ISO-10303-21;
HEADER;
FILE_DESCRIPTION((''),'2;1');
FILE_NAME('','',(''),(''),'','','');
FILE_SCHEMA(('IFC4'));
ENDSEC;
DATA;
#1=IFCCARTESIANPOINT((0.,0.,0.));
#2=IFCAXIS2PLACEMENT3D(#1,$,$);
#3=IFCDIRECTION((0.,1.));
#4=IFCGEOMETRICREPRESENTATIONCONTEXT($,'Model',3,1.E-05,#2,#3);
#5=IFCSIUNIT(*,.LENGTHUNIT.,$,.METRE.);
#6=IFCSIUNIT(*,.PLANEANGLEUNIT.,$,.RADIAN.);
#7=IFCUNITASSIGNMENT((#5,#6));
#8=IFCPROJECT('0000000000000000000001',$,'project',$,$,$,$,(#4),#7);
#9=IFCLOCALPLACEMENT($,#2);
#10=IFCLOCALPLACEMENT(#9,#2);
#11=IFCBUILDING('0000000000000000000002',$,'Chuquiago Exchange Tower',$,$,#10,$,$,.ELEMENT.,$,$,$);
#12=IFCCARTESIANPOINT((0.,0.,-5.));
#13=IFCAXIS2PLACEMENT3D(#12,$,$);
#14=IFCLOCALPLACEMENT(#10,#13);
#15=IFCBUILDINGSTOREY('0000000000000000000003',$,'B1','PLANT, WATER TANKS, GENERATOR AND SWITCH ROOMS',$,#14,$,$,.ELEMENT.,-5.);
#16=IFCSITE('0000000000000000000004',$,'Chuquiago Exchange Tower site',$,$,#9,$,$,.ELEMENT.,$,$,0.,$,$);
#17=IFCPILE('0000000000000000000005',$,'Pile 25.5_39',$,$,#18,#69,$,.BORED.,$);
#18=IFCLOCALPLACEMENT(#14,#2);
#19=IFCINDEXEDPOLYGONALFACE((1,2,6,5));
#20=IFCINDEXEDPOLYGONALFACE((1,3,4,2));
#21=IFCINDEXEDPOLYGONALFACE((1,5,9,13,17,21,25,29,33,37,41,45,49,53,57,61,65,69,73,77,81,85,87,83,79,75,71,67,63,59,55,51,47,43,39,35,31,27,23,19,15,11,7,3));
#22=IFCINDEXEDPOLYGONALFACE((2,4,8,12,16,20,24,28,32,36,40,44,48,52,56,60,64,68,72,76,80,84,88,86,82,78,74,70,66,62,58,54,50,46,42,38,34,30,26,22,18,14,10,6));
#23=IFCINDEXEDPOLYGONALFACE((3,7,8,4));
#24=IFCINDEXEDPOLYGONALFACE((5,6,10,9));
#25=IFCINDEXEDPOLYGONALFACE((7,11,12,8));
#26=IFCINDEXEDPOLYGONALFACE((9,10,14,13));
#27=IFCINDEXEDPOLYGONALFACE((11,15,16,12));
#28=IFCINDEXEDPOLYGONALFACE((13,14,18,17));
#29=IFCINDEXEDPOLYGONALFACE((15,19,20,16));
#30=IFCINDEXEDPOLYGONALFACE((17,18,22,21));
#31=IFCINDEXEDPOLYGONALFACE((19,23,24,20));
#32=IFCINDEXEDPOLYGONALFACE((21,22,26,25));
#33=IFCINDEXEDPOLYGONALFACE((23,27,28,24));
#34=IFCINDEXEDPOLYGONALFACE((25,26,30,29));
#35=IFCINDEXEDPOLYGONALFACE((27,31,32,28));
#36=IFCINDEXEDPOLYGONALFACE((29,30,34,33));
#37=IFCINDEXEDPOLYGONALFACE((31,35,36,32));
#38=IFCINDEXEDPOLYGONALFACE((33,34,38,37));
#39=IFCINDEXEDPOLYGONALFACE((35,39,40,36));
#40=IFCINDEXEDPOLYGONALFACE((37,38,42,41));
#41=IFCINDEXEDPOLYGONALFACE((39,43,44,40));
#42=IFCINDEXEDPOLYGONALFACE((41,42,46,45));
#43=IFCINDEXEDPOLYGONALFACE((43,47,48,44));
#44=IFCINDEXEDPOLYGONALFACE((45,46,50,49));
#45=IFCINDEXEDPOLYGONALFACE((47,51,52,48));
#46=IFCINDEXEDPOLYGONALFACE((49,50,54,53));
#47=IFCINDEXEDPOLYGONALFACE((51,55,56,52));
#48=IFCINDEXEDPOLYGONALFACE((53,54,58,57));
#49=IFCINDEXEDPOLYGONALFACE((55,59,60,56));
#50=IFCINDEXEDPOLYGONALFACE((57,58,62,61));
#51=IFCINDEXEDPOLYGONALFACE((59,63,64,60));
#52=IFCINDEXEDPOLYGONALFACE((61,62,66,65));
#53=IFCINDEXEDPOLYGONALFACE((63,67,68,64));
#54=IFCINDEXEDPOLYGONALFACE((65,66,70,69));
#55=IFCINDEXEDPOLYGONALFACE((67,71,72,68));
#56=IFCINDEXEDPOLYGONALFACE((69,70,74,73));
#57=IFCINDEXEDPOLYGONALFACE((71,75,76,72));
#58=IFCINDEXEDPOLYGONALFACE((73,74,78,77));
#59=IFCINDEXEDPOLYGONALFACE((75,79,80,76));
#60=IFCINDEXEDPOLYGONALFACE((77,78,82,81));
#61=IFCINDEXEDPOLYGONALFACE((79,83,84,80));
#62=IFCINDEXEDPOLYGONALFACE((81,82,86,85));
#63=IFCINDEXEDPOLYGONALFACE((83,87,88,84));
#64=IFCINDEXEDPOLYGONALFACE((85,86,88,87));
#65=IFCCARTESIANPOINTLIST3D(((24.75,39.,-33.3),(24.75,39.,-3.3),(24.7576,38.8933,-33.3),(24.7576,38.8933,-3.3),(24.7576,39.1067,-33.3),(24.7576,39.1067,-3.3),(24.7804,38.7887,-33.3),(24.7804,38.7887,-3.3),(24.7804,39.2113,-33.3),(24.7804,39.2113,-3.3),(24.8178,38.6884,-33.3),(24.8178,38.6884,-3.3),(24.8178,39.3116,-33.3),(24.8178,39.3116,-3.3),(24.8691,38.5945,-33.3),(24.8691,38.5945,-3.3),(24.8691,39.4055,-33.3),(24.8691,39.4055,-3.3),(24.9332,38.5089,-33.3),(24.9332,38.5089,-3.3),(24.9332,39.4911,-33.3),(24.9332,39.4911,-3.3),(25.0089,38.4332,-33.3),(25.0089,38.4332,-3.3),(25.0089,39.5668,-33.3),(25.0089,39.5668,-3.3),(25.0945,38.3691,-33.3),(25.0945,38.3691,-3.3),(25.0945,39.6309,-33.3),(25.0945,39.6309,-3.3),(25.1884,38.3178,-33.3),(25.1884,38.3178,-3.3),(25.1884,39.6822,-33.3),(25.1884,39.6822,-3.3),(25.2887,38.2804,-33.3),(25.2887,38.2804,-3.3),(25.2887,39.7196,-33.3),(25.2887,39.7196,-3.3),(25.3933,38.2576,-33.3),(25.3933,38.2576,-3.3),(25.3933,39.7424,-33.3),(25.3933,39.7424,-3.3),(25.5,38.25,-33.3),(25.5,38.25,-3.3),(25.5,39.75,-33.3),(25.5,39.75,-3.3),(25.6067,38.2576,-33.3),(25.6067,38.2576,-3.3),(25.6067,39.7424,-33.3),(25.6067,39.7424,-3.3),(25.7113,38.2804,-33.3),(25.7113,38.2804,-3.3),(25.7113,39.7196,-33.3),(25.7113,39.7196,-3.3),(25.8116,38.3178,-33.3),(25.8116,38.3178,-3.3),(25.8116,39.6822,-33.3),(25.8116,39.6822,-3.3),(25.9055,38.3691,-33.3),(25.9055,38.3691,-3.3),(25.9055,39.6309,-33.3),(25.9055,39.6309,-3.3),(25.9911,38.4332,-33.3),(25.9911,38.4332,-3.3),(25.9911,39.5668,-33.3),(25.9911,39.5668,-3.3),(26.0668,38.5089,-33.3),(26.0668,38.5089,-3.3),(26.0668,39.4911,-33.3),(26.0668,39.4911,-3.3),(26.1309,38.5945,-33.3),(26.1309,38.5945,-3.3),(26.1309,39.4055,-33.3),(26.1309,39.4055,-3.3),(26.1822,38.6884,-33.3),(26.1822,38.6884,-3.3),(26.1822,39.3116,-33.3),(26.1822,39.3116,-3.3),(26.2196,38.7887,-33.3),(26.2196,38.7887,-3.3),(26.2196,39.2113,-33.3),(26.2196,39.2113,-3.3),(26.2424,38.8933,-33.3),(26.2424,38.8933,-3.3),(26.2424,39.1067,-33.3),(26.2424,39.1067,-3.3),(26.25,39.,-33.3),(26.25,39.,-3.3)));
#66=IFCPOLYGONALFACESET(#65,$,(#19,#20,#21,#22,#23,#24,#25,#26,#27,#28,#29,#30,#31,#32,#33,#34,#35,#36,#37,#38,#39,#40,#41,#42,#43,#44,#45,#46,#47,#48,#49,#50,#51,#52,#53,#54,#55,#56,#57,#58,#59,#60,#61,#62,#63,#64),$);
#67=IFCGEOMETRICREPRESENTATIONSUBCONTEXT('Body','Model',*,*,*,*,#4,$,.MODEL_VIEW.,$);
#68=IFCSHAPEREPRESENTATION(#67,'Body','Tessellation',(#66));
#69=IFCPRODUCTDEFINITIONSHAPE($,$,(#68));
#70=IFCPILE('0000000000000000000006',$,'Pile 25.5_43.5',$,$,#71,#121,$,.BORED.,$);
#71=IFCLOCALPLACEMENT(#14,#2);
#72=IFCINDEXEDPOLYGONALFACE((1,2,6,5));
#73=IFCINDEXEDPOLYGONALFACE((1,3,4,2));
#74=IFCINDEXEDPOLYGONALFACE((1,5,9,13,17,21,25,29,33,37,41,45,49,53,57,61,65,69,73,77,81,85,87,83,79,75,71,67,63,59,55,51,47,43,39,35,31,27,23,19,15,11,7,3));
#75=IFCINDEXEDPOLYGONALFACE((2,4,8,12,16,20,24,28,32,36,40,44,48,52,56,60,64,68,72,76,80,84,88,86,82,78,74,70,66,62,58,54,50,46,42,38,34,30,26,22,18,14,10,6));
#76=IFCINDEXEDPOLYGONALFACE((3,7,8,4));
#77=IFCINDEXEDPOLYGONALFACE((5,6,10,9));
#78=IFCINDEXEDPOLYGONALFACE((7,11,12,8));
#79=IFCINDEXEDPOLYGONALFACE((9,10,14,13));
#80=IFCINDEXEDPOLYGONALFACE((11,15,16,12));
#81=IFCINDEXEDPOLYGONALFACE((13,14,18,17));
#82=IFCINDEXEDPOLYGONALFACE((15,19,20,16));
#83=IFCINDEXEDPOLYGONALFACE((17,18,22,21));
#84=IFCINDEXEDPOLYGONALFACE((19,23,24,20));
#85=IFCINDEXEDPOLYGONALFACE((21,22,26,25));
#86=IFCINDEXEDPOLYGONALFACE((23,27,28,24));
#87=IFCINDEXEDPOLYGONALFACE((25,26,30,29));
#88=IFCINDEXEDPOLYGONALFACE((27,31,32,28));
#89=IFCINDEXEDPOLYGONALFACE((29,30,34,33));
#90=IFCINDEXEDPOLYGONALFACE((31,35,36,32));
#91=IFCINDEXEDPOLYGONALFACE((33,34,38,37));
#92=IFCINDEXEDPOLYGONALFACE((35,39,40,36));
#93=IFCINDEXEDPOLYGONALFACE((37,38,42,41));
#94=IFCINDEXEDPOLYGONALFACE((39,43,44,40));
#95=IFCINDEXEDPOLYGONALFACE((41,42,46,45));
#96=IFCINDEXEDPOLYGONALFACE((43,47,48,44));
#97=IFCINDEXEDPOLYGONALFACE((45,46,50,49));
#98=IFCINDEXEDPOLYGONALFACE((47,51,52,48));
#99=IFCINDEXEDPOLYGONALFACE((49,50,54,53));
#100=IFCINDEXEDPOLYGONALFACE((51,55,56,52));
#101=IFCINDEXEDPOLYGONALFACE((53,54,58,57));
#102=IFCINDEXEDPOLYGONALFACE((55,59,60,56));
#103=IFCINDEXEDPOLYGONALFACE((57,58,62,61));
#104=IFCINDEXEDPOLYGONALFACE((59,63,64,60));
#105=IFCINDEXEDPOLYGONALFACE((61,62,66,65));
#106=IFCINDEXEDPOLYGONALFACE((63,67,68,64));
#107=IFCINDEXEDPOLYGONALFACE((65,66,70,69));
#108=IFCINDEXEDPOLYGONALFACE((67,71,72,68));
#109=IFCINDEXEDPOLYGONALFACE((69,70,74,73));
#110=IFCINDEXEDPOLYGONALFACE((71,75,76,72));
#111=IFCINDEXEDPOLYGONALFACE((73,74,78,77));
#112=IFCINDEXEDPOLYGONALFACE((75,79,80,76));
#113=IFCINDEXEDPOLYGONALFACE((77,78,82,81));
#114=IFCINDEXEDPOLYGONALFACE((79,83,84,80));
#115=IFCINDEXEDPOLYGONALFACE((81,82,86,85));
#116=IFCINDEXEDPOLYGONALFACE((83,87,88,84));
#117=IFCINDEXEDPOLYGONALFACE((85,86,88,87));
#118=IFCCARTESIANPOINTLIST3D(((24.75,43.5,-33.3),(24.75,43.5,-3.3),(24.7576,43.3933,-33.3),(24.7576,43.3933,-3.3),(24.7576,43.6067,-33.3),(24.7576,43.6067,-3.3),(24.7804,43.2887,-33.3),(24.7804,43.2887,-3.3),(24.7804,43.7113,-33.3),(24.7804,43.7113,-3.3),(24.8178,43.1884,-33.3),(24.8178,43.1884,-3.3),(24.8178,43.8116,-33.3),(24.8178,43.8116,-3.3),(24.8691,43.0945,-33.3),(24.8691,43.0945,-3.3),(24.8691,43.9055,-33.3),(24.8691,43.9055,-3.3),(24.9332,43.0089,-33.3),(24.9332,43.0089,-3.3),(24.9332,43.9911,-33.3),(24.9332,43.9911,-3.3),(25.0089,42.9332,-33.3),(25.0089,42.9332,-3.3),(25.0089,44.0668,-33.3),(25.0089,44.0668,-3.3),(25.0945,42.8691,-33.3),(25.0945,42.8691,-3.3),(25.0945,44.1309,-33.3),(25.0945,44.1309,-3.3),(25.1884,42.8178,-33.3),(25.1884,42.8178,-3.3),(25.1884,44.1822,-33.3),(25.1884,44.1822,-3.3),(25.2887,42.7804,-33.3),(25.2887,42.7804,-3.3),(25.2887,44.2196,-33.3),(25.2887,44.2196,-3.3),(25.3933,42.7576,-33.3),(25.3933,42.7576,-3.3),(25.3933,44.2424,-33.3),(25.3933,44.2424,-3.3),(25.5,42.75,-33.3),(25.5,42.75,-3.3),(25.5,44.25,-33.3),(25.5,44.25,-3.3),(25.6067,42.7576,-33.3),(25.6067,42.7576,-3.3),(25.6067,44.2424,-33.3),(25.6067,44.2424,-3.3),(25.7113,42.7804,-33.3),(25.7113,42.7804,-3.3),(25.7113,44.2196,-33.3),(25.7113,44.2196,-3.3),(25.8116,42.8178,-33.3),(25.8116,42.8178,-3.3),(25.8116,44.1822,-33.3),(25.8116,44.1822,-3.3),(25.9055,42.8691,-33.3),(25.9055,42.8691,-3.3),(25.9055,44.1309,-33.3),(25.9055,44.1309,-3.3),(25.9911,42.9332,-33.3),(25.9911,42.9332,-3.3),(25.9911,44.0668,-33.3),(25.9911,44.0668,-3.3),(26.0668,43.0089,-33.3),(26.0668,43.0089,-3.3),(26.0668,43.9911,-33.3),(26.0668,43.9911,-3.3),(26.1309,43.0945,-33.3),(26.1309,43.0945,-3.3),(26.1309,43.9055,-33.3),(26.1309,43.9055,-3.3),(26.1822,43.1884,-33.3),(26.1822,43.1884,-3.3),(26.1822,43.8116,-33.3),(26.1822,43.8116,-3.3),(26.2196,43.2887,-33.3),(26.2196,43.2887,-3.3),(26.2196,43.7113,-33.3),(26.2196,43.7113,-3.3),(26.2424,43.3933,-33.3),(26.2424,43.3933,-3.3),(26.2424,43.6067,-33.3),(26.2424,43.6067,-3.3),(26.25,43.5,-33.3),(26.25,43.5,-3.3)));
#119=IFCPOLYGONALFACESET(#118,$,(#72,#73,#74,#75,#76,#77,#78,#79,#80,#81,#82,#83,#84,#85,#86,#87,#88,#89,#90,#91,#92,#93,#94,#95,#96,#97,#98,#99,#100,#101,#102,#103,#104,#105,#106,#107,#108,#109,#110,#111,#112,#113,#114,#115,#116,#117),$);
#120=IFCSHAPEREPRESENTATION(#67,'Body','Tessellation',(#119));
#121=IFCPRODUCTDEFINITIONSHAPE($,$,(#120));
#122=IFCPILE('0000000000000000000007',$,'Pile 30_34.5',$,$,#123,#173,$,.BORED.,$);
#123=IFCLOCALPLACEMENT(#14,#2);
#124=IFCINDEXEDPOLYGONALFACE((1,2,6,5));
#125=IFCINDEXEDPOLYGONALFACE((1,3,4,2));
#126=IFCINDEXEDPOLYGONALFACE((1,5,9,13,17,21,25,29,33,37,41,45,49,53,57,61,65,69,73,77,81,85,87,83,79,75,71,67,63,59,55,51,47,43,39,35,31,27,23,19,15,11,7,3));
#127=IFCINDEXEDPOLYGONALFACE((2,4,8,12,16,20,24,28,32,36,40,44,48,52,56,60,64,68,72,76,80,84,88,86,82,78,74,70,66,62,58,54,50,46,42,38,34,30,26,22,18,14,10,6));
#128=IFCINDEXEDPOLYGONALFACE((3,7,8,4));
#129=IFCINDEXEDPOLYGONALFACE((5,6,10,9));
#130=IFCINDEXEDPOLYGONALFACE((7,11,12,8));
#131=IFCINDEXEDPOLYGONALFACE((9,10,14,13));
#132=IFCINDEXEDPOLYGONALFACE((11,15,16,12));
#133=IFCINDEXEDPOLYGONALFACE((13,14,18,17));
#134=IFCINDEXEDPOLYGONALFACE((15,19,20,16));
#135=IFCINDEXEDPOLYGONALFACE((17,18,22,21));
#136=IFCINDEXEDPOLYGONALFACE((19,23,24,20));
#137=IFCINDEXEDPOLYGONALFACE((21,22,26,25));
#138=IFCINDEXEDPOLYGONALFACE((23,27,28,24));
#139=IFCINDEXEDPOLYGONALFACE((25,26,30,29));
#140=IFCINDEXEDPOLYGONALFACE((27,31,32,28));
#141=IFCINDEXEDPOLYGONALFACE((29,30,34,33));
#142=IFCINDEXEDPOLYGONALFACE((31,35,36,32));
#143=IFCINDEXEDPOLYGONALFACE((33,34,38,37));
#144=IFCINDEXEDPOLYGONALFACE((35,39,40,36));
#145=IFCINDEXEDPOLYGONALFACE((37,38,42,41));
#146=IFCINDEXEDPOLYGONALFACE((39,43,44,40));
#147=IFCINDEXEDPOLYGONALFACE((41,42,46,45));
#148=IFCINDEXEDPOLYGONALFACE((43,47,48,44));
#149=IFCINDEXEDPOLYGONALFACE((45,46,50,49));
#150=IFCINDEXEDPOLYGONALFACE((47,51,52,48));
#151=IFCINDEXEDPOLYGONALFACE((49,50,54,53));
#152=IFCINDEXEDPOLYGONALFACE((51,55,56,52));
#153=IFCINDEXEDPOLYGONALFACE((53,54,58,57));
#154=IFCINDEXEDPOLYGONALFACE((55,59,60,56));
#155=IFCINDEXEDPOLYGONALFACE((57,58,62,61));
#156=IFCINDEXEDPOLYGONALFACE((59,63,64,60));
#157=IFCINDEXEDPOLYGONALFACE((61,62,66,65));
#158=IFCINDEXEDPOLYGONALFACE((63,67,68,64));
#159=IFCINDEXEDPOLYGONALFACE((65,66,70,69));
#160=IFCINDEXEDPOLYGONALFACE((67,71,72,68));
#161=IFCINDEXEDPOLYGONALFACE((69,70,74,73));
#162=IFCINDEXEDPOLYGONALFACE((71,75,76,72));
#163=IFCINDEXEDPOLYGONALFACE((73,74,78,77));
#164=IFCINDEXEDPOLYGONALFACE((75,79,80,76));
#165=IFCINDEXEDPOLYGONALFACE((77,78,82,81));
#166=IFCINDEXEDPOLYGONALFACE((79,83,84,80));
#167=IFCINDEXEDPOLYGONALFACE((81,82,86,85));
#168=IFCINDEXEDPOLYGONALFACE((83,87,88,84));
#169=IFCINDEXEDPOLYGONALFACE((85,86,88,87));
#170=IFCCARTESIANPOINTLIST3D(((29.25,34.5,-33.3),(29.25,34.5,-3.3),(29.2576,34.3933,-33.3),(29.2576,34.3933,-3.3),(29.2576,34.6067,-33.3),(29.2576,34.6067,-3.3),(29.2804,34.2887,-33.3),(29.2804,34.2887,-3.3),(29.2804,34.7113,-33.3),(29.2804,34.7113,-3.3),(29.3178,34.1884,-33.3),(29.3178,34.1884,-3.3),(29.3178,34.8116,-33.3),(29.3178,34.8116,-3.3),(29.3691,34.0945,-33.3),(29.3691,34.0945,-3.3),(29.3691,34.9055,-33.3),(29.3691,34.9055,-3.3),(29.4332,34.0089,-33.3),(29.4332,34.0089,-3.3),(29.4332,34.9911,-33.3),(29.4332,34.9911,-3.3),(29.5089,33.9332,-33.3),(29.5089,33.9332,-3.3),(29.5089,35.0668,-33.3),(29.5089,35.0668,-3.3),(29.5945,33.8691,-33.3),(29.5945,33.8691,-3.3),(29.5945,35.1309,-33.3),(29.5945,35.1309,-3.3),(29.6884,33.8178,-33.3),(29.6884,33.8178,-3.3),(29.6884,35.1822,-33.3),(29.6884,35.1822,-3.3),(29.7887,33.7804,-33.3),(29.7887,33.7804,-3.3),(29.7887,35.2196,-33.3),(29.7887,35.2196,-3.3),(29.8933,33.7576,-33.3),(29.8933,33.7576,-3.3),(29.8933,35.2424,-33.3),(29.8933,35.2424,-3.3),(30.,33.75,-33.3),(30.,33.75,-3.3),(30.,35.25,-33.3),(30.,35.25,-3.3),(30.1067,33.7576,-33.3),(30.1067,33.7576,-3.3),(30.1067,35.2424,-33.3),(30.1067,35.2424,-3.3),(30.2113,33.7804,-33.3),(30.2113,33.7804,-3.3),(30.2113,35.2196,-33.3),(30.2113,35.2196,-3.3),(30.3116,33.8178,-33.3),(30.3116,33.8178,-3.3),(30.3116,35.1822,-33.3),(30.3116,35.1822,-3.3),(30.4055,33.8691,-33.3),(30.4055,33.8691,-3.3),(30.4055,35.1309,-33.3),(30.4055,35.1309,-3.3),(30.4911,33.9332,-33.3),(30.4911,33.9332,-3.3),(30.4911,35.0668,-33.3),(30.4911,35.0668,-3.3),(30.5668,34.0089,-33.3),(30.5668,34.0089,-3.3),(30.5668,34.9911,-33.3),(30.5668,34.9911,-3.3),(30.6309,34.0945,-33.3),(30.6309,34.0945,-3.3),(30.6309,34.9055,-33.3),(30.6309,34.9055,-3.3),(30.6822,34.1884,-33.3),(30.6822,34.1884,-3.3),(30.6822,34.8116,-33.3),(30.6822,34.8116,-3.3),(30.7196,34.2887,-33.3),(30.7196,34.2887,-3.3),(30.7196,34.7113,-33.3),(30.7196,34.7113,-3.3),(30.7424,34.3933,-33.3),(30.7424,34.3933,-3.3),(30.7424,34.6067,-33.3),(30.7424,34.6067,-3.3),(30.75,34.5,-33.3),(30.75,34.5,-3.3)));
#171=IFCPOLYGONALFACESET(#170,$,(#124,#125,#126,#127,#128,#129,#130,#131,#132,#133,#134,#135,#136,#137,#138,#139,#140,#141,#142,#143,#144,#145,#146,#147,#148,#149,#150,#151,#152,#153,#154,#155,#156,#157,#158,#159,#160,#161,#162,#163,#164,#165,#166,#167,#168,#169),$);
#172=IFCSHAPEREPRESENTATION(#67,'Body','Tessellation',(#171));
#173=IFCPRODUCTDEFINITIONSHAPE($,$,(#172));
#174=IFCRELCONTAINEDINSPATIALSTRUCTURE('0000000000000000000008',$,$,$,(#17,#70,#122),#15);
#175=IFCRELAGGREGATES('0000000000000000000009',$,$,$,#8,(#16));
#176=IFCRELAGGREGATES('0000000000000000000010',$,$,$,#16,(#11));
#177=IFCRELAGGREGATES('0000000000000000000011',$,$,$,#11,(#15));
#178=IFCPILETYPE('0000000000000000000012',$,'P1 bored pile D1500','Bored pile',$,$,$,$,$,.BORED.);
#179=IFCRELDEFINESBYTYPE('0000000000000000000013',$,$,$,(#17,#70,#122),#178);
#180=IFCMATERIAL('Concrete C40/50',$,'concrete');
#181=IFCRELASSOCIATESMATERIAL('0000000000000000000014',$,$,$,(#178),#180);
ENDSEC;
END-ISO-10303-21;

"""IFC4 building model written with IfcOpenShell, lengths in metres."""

from ifc_helpers import new_model, si_unit, direction, frame, origin, origin_2d, place, context, subcontext, project, spatial, circle, extrude, material, material_profile, profile_set, type_object, element, save


model = new_model("IFC4")

# Units and contexts
model_context = context("Model", 3, precision=1e-05, world=origin(), true_north=direction((0.0, 1.0)))
body_context = subcontext(model_context, "Body", "Model", "MODEL_VIEW")
ifc_project = project(units=[si_unit("LENGTHUNIT", "METRE"), si_unit("PLANEANGLEUNIT", "RADIAN")], contexts=[model_context])

# Site, building, storey
site_placement = place(None, origin())
site = spatial("IfcSite", under=ifc_project, at=site_placement, Name="Chuquiago Exchange Tower site", CompositionType="ELEMENT", RefElevation=0.0)
building_placement = place(site_placement, origin())
building = spatial("IfcBuilding", under=site, at=building_placement, Name="Chuquiago Exchange Tower", CompositionType="ELEMENT")
storey_placement = place(building_placement, frame((0.0, 0.0, -5.0)))
storey = spatial("IfcBuildingStorey", under=building, at=storey_placement, Name="B1", Description="PLANT, WATER TANKS, GENERATOR AND SWITCH ROOMS", CompositionType="ELEMENT", Elevation=-5.0)

# Piles
ifc_material_1 = material(Name="Concrete C40/50", Category="concrete")
ifc_material_profile_1 = material_profile(ifc_material_1, circle(Radius=0.75, at=origin_2d()), Name="D1500")
ifc_profile_set_1 = profile_set([ifc_material_profile_1], Name="Concrete C40/50")
pile_type = type_object("IfcPileType", Name="P1 bored pile D1500", Description="Bored pile", PredefinedType="BORED", material=ifc_profile_set_1)
for number, where, z_axis, x_axis, name in (
    (1, (25.5, 39.0, -3.3), (0.0, 0.0, -1.0), (1.0, 0.0, 0.0), "Pile 25.5_39"),
    (2, (25.5, 43.5, -3.3), (0.0, 0.0, -1.0), (1.0, 0.0, 0.0), "Pile 25.5_43.5"),
    (3, (30.0, 34.5, -3.3), (0.0, 0.0, -1.0), (1.0, 0.0, 0.0), "Pile 30_34.5"),
):
    element("IfcPile", number, at=place(storey_placement, frame(where, z_axis=z_axis, x_axis=x_axis)), inside=storey, type_object=pile_type, Name=name, PredefinedType="BORED", context=body_context, shape_type="SweptSolid", body=[
        extrude(circle(Radius=0.75, at=origin_2d()), origin(), (0.0, 0.0, 1.0), 30.0),
    ])

save(model, "model.ifc")
